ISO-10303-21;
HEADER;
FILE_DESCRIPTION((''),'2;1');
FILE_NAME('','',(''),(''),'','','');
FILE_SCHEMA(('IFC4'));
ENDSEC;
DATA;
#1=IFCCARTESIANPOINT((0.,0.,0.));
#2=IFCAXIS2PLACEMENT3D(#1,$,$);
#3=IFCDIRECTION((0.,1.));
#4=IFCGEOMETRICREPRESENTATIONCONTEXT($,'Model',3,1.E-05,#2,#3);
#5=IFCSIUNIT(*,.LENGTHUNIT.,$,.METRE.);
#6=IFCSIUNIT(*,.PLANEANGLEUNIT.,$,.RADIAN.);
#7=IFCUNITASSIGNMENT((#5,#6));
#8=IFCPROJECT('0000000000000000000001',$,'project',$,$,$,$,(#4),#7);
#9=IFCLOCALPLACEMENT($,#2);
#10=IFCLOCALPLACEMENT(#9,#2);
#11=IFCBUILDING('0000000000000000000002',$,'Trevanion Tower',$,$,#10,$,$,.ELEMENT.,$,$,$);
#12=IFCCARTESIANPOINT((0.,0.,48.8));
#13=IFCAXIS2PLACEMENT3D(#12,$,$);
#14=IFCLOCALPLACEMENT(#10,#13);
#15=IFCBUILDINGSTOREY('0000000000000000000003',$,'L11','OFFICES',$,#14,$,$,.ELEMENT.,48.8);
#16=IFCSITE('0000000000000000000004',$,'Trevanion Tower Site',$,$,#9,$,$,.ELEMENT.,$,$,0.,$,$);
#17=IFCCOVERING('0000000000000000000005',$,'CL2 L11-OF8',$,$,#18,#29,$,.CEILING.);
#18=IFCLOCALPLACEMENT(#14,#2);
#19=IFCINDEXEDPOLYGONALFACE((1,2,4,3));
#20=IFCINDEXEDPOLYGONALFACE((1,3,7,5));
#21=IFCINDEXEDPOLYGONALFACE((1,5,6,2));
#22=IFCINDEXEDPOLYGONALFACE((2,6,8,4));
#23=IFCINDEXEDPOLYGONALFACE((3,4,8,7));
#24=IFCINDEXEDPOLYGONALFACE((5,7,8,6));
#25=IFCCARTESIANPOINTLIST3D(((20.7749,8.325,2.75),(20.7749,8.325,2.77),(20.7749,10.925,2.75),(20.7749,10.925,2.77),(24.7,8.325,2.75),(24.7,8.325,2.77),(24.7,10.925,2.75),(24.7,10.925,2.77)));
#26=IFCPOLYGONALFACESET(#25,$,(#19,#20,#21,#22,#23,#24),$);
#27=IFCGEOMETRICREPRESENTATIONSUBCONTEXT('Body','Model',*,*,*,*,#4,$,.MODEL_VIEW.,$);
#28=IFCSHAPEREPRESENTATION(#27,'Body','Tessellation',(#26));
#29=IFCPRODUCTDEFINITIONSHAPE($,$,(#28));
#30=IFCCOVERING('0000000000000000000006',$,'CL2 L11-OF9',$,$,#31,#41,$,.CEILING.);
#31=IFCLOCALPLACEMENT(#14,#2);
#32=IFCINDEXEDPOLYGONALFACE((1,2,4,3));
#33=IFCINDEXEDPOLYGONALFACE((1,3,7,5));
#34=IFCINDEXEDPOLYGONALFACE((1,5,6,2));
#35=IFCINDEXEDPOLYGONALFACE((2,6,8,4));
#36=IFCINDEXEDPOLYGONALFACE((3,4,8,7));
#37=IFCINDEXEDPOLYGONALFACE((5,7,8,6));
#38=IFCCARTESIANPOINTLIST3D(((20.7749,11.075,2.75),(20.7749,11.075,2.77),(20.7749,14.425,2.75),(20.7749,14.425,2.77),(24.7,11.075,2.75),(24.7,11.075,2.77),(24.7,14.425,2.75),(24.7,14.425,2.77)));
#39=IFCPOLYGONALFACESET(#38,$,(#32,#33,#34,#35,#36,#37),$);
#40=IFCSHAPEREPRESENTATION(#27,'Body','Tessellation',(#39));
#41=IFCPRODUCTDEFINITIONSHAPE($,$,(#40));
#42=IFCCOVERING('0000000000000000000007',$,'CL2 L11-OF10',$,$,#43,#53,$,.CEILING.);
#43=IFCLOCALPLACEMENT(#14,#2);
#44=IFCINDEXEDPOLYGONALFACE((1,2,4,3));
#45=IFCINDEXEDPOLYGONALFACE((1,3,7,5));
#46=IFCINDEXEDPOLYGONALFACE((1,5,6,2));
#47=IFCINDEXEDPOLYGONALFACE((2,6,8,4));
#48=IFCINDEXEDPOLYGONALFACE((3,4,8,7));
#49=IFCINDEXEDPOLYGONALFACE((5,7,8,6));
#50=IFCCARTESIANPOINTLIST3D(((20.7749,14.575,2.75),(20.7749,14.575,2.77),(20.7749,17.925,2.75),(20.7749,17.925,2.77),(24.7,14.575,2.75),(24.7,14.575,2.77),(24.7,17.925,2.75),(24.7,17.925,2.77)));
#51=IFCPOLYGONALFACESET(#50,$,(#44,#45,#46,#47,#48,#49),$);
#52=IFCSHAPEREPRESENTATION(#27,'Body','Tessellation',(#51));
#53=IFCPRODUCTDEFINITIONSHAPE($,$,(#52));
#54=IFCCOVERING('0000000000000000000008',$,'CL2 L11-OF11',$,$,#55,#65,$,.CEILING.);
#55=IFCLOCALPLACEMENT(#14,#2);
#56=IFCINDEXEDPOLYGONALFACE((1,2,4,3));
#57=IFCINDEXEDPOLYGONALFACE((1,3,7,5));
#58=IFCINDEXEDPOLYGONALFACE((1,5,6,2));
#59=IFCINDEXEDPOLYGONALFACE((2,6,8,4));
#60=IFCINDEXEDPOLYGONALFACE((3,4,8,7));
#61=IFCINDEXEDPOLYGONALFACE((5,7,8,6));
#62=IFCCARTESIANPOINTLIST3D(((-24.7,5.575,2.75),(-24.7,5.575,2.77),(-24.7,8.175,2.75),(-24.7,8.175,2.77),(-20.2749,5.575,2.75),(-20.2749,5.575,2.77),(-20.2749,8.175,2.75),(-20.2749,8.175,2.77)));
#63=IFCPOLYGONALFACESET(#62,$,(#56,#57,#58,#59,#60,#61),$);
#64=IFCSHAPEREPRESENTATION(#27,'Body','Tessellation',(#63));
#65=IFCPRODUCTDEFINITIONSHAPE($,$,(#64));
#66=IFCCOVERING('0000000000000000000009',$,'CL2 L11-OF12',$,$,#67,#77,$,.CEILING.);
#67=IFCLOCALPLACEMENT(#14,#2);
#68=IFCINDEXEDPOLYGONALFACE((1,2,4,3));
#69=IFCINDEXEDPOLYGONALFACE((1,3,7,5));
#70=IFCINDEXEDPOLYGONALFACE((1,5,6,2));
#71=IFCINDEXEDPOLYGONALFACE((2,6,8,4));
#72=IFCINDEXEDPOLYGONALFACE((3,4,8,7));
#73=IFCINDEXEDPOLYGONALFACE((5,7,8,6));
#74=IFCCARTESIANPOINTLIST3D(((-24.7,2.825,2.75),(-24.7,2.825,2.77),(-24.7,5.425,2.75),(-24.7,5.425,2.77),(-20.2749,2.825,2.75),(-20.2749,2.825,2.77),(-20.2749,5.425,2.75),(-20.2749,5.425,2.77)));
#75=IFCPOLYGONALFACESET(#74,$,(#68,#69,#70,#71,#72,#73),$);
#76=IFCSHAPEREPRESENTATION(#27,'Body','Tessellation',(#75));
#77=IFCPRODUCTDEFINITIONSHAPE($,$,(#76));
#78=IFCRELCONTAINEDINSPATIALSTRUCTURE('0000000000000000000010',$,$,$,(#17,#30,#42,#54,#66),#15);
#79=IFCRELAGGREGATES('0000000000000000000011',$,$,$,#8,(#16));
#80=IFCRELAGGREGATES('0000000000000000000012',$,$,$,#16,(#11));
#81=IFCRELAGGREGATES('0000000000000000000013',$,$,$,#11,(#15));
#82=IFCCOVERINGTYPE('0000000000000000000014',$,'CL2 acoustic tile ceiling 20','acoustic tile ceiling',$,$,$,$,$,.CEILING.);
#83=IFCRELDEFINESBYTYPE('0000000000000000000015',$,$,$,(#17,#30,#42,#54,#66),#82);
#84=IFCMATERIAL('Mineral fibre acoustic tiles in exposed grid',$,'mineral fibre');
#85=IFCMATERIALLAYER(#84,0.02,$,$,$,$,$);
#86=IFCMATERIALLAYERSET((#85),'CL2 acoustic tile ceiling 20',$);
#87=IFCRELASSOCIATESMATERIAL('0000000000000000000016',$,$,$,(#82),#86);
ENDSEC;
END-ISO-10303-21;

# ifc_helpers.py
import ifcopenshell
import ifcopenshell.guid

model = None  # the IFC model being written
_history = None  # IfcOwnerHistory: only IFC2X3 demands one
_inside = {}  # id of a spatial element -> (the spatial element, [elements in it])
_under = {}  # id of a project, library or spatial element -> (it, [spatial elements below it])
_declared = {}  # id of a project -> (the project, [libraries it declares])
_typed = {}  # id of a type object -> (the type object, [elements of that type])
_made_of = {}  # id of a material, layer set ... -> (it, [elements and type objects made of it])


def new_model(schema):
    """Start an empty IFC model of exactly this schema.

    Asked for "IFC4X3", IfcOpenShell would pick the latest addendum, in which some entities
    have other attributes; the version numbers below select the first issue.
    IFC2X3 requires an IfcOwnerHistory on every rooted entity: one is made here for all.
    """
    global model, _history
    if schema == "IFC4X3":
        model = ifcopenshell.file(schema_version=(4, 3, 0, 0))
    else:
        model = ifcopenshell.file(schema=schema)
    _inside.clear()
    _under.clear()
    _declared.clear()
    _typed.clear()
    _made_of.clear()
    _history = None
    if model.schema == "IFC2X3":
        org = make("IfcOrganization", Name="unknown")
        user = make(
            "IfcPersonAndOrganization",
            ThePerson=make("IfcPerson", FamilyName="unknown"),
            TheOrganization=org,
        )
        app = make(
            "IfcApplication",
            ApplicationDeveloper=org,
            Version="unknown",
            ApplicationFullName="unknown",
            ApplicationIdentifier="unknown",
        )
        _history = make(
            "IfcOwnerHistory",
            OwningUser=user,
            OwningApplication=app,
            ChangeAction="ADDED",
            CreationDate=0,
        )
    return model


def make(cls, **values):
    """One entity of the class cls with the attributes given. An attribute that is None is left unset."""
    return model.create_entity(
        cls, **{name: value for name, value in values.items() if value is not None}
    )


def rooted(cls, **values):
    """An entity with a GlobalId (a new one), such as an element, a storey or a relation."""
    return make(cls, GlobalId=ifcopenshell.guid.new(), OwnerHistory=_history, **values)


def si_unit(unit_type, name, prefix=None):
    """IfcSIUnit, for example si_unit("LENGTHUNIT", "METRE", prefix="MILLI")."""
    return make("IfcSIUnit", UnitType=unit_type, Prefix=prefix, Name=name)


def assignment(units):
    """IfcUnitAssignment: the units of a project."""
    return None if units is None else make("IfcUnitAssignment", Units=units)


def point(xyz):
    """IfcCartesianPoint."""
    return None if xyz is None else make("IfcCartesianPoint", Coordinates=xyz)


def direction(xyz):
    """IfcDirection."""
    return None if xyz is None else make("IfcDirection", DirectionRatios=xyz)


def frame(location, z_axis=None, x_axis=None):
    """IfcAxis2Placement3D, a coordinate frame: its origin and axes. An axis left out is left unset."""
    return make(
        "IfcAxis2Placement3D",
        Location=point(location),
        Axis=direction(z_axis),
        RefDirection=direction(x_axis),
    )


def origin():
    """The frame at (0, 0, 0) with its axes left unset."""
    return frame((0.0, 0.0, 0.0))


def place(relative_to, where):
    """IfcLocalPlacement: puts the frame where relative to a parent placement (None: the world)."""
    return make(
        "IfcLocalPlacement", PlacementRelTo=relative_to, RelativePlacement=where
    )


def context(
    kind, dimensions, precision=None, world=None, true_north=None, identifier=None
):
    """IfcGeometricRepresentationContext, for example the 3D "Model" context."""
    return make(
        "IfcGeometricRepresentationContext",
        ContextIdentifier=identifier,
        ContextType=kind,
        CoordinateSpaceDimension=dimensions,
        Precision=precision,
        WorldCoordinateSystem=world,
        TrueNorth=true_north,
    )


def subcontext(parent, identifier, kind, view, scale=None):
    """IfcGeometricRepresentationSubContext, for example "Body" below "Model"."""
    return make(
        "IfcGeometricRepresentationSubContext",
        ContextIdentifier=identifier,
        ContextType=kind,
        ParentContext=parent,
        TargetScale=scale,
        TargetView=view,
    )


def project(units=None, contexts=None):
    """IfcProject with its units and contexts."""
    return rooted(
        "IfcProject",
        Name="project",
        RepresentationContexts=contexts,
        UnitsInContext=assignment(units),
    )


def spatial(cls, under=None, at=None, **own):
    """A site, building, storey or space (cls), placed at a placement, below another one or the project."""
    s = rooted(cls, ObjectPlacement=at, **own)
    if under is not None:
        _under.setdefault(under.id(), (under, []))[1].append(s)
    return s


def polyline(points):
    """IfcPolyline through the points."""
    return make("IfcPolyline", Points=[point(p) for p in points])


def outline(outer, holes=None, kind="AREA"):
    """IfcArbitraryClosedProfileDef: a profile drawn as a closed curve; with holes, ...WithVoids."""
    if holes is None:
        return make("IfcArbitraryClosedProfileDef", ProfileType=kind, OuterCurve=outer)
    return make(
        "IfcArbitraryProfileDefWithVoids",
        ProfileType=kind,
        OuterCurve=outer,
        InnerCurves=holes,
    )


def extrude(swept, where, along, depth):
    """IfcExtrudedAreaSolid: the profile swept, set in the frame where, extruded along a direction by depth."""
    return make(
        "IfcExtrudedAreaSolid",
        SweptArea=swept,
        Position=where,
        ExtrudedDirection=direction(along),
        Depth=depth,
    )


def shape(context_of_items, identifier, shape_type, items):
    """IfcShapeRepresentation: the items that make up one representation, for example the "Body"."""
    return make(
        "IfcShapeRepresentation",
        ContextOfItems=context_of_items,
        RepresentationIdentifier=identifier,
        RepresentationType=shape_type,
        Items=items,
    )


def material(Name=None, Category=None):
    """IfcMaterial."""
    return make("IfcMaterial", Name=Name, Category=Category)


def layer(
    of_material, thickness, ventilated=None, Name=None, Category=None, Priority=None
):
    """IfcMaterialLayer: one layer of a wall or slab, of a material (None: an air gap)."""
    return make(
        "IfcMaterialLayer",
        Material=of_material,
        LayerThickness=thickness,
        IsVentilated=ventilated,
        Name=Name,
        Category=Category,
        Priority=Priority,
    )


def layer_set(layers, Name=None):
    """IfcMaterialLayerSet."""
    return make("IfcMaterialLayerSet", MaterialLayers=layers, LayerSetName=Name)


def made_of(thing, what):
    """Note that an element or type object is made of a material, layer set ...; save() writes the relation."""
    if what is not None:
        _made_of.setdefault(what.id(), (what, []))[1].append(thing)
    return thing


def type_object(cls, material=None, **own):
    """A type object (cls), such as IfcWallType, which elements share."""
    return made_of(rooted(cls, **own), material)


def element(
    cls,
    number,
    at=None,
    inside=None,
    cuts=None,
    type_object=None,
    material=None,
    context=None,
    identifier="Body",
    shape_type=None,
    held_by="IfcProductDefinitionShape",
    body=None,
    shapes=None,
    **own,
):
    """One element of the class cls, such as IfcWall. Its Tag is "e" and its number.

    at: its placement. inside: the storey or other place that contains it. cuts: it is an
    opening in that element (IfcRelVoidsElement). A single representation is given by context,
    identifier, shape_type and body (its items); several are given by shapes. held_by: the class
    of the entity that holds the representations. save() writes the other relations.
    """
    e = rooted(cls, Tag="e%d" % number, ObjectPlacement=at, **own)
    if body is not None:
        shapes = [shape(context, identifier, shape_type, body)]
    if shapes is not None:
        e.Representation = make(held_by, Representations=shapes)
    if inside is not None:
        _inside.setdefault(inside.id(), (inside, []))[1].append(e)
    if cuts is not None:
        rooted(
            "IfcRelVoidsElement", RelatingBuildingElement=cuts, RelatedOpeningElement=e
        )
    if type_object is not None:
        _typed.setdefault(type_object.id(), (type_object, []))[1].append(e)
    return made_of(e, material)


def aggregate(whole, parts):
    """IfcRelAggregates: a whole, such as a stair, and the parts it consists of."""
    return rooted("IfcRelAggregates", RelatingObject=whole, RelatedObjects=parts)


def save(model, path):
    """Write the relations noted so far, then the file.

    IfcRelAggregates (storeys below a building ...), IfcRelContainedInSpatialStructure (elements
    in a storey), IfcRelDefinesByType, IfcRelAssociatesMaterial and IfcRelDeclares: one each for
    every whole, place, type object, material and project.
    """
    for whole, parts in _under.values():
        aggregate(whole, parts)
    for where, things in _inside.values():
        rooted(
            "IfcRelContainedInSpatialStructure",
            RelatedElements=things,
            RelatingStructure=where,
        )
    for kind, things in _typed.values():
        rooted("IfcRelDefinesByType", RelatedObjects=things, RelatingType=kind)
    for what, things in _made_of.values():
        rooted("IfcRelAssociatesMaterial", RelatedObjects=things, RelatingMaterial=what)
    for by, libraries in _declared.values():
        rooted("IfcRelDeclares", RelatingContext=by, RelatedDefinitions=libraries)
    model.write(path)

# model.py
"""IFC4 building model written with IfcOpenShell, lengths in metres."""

from ifc_helpers import new_model, si_unit, direction, frame, origin, place, context, subcontext, project, spatial, polyline, outline, extrude, material, layer, layer_set, type_object, element, save


model = new_model("IFC4")

# Units and contexts
model_context = context("Model", 3, precision=1e-05, world=origin(), true_north=direction((0.0, 1.0)))
body_context = subcontext(model_context, "Body", "Model", "MODEL_VIEW")
ifc_project = project(units=[si_unit("LENGTHUNIT", "METRE"), si_unit("PLANEANGLEUNIT", "RADIAN")], contexts=[model_context])

# Site, building, storey
site_placement = place(None, origin())
site = spatial("IfcSite", under=ifc_project, at=site_placement, Name="Trevanion Tower Site", CompositionType="ELEMENT", RefElevation=0.0)
building_placement = place(site_placement, origin())
building = spatial("IfcBuilding", under=site, at=building_placement, Name="Trevanion Tower", CompositionType="ELEMENT")
storey_placement = place(building_placement, frame((0.0, 0.0, 48.8)))
storey = spatial("IfcBuildingStorey", under=building, at=storey_placement, Name="L11", Description="OFFICES", CompositionType="ELEMENT", Elevation=48.8)

# Coverings
ifc_material_1 = material(Name="Mineral fibre acoustic tiles in exposed grid", Category="mineral fibre")
ifc_layer_1 = layer(ifc_material_1, 0.02)
ifc_layer_set_1 = layer_set([ifc_layer_1], Name="CL2 acoustic tile ceiling 20")
covering_type_1 = type_object("IfcCoveringType", Name="CL2 acoustic tile ceiling 20", Description="acoustic tile ceiling", PredefinedType="CEILING", material=ifc_layer_set_1)
covering_1_placement = place(storey_placement, frame((0.0, 0.0, 2.75)))
element("IfcCovering", 1, at=covering_1_placement, inside=storey, type_object=covering_type_1, Name="CL2 L11-OF8", PredefinedType="CEILING", context=body_context, shape_type="SweptSolid", body=[
    extrude(outline(polyline([(20.7749, 8.325), (20.7749, 10.925), (24.7, 10.925), (24.7, 8.325), (20.7749, 8.325)])), origin(), (0.0, 0.0, 1.0), 0.02),
])
covering_2_placement = place(storey_placement, frame((0.0, 0.0, 2.75)))
element("IfcCovering", 2, at=covering_2_placement, inside=storey, type_object=covering_type_1, Name="CL2 L11-OF9", PredefinedType="CEILING", context=body_context, shape_type="SweptSolid", body=[
    extrude(outline(polyline([(20.7749, 11.075), (20.7749, 14.425), (24.7, 14.425), (24.7, 11.075), (20.7749, 11.075)])), origin(), (0.0, 0.0, 1.0), 0.02),
])
covering_3_placement = place(storey_placement, frame((0.0, 0.0, 2.75)))
element("IfcCovering", 3, at=covering_3_placement, inside=storey, type_object=covering_type_1, Name="CL2 L11-OF10", PredefinedType="CEILING", context=body_context, shape_type="SweptSolid", body=[
    extrude(outline(polyline([(20.7749, 14.575), (20.7749, 17.925), (24.7, 17.925), (24.7, 14.575), (20.7749, 14.575)])), origin(), (0.0, 0.0, 1.0), 0.02),
])
covering_4_placement = place(storey_placement, frame((0.0, 0.0, 2.75)))
element("IfcCovering", 4, at=covering_4_placement, inside=storey, type_object=covering_type_1, Name="CL2 L11-OF11", PredefinedType="CEILING", context=body_context, shape_type="SweptSolid", body=[
    extrude(outline(polyline([(-20.2749, 8.175), (-20.2749, 5.575), (-24.7, 5.575), (-24.7, 8.175), (-20.2749, 8.175)])), origin(), (0.0, 0.0, 1.0), 0.02),
])
covering_5_placement = place(storey_placement, frame((0.0, 0.0, 2.75)))
element("IfcCovering", 5, at=covering_5_placement, inside=storey, type_object=covering_type_1, Name="CL2 L11-OF12", PredefinedType="CEILING", context=body_context, shape_type="SweptSolid", body=[
    extrude(outline(polyline([(-20.2749, 5.425), (-20.2749, 2.825), (-24.7, 2.825), (-24.7, 5.425), (-20.2749, 5.425)])), origin(), (0.0, 0.0, 1.0), 0.02),
])

save(model, "model.ifc")
